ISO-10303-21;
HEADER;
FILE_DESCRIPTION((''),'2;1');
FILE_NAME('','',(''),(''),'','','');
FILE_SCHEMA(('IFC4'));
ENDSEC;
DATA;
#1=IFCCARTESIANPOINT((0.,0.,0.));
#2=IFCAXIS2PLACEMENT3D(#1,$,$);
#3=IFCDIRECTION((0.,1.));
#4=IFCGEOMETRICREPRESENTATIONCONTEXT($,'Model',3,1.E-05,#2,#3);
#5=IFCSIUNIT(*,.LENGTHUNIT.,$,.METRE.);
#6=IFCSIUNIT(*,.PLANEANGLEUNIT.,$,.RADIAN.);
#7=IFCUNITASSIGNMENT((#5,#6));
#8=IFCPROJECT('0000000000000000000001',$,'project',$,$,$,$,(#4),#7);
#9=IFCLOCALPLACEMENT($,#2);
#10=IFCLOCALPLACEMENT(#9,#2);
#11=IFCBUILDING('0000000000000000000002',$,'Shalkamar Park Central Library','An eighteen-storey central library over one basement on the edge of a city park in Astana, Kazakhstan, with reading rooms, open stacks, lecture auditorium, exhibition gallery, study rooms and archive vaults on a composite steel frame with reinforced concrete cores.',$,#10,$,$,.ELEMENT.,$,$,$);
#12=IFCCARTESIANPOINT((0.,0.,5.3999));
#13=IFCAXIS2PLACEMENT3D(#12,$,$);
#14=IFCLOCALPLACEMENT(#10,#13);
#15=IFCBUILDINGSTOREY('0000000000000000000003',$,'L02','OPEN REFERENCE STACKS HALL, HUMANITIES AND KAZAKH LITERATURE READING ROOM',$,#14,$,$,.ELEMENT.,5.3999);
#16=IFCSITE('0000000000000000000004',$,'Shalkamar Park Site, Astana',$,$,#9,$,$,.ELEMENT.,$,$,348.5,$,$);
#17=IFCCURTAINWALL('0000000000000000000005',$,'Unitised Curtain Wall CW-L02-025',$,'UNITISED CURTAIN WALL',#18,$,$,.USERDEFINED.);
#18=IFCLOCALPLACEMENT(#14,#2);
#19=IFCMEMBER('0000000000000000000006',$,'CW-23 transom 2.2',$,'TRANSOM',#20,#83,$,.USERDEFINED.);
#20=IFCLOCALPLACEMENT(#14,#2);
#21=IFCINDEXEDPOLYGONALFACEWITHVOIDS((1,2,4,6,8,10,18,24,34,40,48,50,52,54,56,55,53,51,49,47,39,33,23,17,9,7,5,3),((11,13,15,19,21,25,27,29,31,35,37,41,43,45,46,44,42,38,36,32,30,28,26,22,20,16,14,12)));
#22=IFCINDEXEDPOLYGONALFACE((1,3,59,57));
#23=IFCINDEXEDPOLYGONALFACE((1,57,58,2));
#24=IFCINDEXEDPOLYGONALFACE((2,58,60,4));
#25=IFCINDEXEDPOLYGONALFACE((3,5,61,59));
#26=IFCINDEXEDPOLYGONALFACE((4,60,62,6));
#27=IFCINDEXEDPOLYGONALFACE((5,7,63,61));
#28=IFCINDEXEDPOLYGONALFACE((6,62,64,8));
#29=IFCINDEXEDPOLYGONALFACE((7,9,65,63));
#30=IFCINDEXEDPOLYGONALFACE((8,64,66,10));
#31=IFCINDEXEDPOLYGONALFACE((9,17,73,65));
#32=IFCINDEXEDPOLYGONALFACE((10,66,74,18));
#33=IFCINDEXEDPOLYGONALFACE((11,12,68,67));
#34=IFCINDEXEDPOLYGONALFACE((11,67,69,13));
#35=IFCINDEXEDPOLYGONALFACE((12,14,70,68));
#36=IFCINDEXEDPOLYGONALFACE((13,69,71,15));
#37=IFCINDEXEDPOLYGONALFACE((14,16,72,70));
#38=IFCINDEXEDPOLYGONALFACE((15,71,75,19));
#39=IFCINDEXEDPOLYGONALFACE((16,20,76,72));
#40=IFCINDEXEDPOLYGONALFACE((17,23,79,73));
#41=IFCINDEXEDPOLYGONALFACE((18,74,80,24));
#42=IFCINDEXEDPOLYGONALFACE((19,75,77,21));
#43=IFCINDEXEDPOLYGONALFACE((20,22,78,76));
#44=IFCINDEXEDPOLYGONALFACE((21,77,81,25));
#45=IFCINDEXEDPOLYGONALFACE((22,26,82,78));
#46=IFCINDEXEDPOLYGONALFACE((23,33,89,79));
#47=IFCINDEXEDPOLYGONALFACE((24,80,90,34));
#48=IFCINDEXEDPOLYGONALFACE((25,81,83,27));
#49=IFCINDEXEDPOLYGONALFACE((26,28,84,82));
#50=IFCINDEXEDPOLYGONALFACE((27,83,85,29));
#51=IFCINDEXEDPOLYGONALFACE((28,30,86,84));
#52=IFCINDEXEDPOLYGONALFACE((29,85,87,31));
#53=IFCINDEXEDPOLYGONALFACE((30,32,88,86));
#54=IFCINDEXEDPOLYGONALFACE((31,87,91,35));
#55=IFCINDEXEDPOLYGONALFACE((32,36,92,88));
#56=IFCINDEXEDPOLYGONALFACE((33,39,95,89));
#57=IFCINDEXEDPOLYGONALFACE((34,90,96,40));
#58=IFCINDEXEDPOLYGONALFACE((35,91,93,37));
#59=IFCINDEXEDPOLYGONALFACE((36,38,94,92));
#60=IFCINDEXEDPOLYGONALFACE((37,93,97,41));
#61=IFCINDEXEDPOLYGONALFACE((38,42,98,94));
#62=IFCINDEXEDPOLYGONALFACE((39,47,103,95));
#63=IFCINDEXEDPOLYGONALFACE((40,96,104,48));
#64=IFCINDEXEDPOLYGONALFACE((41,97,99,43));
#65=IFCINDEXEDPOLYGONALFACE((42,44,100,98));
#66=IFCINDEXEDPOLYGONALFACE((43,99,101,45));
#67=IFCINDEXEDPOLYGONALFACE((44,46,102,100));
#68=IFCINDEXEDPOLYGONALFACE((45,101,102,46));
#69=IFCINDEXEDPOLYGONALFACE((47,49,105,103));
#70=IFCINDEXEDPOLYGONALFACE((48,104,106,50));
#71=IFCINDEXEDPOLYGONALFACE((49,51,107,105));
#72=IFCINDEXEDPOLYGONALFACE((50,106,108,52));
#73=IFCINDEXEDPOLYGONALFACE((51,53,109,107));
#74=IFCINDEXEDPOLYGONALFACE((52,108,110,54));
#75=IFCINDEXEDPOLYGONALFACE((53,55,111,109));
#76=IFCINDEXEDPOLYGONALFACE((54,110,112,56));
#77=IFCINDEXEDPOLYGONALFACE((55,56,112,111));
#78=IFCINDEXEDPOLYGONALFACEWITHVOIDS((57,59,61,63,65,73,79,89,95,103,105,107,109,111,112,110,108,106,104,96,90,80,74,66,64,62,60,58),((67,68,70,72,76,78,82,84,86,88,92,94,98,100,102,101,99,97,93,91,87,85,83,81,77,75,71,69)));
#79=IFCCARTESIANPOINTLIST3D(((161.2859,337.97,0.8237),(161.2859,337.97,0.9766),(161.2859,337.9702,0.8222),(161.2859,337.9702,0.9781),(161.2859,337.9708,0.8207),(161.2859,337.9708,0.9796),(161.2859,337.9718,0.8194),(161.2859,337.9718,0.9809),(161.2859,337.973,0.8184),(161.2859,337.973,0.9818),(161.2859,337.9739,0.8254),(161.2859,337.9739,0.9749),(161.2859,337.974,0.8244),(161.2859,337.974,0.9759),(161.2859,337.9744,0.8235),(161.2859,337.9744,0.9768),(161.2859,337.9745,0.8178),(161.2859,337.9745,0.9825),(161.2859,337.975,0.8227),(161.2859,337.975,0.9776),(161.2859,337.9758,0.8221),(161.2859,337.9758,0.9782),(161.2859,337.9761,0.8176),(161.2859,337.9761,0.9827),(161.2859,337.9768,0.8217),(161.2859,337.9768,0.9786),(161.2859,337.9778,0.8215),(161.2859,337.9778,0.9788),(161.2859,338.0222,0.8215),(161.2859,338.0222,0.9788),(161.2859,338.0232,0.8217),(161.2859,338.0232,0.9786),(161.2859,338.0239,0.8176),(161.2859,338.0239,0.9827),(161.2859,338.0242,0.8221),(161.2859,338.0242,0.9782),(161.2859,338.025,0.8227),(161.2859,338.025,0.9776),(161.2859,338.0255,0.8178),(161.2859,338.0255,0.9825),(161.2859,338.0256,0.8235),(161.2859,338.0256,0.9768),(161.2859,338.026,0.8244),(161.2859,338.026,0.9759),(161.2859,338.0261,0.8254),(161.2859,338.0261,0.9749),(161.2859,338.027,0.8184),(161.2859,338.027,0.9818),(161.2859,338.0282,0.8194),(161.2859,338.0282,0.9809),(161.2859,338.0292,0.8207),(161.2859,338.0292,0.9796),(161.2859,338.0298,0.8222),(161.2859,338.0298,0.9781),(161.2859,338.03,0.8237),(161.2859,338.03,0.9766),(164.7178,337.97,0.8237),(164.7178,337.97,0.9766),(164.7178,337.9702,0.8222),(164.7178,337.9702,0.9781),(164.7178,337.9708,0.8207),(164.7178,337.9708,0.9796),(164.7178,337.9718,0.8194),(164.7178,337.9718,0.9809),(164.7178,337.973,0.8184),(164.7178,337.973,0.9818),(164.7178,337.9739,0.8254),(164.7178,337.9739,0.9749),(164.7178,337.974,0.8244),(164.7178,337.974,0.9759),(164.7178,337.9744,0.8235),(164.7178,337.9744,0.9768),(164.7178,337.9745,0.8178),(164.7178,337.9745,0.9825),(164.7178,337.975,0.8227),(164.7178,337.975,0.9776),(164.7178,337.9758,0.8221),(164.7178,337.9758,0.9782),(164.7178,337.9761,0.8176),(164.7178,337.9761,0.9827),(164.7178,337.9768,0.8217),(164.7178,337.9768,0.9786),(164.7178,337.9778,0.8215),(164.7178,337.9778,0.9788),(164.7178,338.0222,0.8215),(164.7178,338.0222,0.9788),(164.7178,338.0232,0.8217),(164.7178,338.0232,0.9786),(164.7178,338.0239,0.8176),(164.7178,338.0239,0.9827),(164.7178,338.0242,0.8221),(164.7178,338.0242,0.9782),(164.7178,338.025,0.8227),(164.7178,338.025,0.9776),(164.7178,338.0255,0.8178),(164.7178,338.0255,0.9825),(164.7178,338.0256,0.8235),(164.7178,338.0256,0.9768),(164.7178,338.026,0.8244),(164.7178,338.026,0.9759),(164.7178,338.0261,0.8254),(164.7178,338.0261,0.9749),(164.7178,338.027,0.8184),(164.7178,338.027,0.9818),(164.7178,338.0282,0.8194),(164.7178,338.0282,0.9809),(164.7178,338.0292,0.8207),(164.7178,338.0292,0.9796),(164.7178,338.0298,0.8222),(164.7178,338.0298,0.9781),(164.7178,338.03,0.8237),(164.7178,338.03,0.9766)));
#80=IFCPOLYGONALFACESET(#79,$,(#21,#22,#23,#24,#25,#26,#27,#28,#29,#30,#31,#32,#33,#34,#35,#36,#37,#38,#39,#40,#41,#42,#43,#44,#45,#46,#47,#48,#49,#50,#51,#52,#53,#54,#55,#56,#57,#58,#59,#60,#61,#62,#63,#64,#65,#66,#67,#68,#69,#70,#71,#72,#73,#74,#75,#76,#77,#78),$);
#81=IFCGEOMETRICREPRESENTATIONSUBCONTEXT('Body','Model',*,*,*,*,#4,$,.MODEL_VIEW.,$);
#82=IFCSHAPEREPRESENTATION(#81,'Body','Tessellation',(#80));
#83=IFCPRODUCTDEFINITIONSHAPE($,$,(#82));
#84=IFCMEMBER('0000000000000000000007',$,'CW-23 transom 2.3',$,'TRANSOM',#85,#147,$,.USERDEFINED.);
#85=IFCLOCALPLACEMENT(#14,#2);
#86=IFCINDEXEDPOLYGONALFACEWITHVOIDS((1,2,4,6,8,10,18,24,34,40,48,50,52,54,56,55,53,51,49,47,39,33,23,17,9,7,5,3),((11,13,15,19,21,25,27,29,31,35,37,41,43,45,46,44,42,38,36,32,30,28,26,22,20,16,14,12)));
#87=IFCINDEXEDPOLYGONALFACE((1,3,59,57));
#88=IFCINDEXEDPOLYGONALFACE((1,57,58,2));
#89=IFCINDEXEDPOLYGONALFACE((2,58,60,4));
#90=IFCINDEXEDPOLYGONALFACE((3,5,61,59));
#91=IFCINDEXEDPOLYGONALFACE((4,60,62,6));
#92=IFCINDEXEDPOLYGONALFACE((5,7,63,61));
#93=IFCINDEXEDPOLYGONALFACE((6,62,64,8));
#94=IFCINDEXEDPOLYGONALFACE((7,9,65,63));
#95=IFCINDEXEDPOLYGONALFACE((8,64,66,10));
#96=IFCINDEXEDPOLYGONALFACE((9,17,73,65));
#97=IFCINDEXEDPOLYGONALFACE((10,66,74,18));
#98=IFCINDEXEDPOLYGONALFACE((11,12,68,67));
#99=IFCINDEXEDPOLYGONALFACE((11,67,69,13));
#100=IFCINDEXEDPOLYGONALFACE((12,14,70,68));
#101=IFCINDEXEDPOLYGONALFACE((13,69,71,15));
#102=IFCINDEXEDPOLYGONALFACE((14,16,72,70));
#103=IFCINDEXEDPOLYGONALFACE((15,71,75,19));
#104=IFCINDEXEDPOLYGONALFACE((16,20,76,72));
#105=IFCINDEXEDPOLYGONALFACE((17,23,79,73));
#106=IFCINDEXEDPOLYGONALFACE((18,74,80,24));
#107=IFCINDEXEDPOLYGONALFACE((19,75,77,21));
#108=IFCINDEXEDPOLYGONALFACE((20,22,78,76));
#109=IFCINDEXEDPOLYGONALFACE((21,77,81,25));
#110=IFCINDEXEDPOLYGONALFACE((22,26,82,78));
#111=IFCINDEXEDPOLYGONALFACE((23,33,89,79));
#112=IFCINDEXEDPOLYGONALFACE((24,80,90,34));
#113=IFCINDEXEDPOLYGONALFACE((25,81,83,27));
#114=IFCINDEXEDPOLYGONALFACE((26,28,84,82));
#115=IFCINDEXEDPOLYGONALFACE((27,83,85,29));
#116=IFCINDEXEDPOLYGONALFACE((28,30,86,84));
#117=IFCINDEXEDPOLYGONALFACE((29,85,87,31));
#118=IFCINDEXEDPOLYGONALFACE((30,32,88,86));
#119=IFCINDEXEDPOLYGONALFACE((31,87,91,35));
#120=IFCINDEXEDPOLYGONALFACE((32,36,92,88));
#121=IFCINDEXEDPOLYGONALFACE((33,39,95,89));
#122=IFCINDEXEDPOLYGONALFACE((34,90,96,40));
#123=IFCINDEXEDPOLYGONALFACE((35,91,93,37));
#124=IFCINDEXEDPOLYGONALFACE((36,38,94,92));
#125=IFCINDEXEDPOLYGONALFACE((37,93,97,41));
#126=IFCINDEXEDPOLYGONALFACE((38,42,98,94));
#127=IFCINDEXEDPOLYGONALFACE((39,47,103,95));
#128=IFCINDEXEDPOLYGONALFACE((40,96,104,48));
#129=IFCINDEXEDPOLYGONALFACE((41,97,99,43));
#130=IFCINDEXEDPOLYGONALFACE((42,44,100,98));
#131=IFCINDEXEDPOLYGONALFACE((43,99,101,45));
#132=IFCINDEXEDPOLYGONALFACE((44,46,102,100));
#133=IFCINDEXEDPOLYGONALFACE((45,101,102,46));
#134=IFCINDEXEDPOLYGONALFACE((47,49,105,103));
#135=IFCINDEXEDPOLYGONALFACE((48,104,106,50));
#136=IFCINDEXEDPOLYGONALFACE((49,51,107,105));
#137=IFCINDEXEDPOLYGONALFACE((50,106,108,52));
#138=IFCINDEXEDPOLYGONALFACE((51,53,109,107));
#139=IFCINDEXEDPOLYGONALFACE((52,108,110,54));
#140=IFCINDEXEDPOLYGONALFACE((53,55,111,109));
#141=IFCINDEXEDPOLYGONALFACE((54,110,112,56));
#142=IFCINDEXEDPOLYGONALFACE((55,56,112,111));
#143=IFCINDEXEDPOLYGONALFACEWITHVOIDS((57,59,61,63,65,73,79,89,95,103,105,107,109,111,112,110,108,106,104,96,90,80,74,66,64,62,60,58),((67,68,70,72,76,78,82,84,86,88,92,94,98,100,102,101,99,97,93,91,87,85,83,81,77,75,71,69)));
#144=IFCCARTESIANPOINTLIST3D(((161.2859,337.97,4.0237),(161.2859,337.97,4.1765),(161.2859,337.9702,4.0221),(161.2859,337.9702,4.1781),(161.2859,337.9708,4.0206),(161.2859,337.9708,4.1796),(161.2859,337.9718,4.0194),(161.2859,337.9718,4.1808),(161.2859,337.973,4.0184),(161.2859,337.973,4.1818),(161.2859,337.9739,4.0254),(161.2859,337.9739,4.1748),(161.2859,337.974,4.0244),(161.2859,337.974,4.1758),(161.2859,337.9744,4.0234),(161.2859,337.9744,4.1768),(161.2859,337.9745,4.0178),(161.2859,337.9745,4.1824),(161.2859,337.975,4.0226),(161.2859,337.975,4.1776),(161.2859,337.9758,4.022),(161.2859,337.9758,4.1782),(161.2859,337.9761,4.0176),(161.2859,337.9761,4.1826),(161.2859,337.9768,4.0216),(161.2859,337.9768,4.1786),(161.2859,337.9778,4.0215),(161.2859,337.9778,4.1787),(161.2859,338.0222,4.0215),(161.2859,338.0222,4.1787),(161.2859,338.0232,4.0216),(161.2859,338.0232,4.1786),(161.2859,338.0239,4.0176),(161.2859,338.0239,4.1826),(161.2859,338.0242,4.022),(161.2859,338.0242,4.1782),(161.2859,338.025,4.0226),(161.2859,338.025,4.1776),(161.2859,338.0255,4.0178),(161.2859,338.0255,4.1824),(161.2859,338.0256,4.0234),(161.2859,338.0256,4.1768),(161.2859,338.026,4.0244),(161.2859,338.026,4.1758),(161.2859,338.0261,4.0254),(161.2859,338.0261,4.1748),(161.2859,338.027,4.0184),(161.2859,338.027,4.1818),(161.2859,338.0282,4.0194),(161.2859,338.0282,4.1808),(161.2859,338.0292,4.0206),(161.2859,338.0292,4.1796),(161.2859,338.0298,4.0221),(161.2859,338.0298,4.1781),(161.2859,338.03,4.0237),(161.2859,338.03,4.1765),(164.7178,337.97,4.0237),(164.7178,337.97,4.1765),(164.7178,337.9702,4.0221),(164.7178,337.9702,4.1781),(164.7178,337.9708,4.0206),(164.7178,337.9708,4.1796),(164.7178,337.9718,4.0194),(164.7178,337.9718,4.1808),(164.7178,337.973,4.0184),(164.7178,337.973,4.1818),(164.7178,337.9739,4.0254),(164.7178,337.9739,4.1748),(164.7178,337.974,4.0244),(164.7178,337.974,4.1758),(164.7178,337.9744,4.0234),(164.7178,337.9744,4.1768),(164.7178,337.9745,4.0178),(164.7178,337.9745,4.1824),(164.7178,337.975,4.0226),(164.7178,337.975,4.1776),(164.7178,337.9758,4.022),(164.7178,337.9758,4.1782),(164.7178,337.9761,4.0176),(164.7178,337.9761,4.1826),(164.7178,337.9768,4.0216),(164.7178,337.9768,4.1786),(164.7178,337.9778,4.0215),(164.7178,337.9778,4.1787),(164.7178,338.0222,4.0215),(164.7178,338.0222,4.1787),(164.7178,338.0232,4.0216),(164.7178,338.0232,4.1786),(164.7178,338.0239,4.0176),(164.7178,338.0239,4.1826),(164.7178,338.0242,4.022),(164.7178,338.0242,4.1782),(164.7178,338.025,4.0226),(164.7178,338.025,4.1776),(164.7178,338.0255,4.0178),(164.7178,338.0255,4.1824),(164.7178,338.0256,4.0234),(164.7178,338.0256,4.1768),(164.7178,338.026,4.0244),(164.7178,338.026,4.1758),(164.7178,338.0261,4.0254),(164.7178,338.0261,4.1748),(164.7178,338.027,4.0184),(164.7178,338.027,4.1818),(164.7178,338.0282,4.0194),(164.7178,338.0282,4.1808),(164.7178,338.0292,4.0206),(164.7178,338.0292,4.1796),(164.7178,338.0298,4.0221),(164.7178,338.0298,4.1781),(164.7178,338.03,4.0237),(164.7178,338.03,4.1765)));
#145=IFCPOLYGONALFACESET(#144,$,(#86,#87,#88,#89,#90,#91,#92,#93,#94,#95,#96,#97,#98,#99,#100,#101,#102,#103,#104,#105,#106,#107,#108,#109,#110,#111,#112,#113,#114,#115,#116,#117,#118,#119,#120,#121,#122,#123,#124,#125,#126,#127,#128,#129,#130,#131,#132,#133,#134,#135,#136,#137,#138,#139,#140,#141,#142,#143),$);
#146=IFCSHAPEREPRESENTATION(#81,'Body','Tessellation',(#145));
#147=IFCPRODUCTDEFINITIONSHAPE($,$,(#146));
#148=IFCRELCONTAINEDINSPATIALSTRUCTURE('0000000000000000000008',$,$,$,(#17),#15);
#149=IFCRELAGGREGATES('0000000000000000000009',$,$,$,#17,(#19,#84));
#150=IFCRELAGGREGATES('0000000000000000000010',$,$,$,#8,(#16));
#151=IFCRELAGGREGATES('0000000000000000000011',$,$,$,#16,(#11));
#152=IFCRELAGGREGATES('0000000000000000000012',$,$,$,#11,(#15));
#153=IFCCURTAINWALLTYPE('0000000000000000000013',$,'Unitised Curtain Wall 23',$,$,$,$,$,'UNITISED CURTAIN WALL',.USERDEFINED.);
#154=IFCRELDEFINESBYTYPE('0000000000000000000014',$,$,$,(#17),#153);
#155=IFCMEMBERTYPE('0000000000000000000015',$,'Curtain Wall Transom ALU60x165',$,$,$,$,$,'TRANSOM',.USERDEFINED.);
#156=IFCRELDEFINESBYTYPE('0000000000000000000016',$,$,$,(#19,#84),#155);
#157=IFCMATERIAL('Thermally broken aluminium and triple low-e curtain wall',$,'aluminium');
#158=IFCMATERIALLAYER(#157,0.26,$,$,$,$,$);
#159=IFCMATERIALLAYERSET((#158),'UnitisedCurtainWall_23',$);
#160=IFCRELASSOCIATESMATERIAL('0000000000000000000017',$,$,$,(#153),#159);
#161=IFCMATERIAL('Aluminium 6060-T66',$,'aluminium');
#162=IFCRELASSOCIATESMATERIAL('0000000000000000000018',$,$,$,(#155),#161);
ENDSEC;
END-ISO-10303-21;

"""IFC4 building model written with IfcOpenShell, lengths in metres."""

from ifc_helpers import new_model, si_unit, direction, frame, origin, origin_2d, place, context, subcontext, project, spatial, hollow_rectangle, extrude, material, layer, layer_set, material_profile, profile_set, type_object, element, aggregate, save


model = new_model("IFC4")

# Units and contexts
model_context = context("Model", 3, precision=1e-05, world=origin(), true_north=direction((0.0, 1.0)))
body_context = subcontext(model_context, "Body", "Model", "MODEL_VIEW")
ifc_project = project(units=[si_unit("LENGTHUNIT", "METRE"), si_unit("PLANEANGLEUNIT", "RADIAN")], contexts=[model_context])

# Site, building, storey
site_placement = place(None, origin())
site = spatial("IfcSite", under=ifc_project, at=site_placement, Name="Shalkamar Park Site, Astana", CompositionType="ELEMENT", RefElevation=348.5)
building_placement = place(site_placement, origin())
building = spatial("IfcBuilding", under=site, at=building_placement, Name="Shalkamar Park Central Library", Description="An eighteen-storey central library over one basement on the edge of a city park in Astana, Kazakhstan, with reading rooms, open stacks, lecture auditorium, exhibition gallery, study rooms and archive vaults on a composite steel frame with reinforced concrete cores.", CompositionType="ELEMENT")
storey_placement = place(building_placement, frame((0.0, 0.0, 5.3999)))
storey = spatial("IfcBuildingStorey", under=building, at=storey_placement, Name="L02", Description="OPEN REFERENCE STACKS HALL, HUMANITIES AND KAZAKH LITERATURE READING ROOM", CompositionType="ELEMENT", Elevation=5.3999)

# Curtain wall
ifc_material_1 = material(Name="Thermally broken aluminium and triple low-e curtain wall", Category="aluminium")
ifc_layer_1 = layer(ifc_material_1, 0.26)
ifc_layer_set_1 = layer_set([ifc_layer_1], Name="UnitisedCurtainWall_23")
curtain_wall_type_1 = type_object("IfcCurtainWallType", Name="Unitised Curtain Wall 23", ElementType="UNITISED CURTAIN WALL", PredefinedType="USERDEFINED", material=ifc_layer_set_1)
curtain_wall_1_placement = place(storey_placement, origin())
curtain_wall_1 = element("IfcCurtainWall", 1, at=curtain_wall_1_placement, inside=storey, type_object=curtain_wall_type_1, Name="Unitised Curtain Wall CW-L02-025", ObjectType="UNITISED CURTAIN WALL", PredefinedType="USERDEFINED")
ifc_material_2 = material(Name="Aluminium 6060-T66", Category="aluminium")

# Members
ifc_material_profile_1 = material_profile(ifc_material_2, hollow_rectangle(XDim=0.0601, YDim=0.165, WallThickness=0.0039, InnerFilletRadius=0.0039, OuterFilletRadius=0.0061, at=origin_2d()), Name="ALU 60x165x4")
ifc_profile_set_1 = profile_set([ifc_material_profile_1], Name="Aluminium 6060-T66")
member_type_1 = type_object("IfcMemberType", Name="Curtain Wall Transom ALU60x165", ElementType="TRANSOM", PredefinedType="USERDEFINED", material=ifc_profile_set_1)
member_1_placement = place(storey_placement, frame((161.2859, 338.0, 0.9001), z_axis=(1.0, 0.0, 0.0), x_axis=(0.0, 1.0, 0.0)))
member_1 = element("IfcMember", 2, at=member_1_placement, type_object=member_type_1, Name="CW-23 transom 2.2", ObjectType="TRANSOM", PredefinedType="USERDEFINED", context=body_context, shape_type="SweptSolid", body=[
    extrude(hollow_rectangle(XDim=0.0601, YDim=0.165, WallThickness=0.0039, InnerFilletRadius=0.0039, OuterFilletRadius=0.0061, at=origin_2d()), origin(), (0.0, 0.0, 1.0), 3.4319),
])
member_2_placement = place(storey_placement, frame((161.2859, 338.0, 4.1001), z_axis=(1.0, 0.0, 0.0), x_axis=(0.0, 1.0, 0.0)))
member_2 = element("IfcMember", 3, at=member_2_placement, type_object=member_type_1, Name="CW-23 transom 2.3", ObjectType="TRANSOM", PredefinedType="USERDEFINED", context=body_context, shape_type="SweptSolid", body=[
    extrude(hollow_rectangle(XDim=0.0601, YDim=0.165, WallThickness=0.0039, InnerFilletRadius=0.0039, OuterFilletRadius=0.0061, at=origin_2d()), origin(), (0.0, 0.0, 1.0), 3.4319),
])

aggregate(curtain_wall_1, [member_1, member_2])

save(model, "model.ifc")
